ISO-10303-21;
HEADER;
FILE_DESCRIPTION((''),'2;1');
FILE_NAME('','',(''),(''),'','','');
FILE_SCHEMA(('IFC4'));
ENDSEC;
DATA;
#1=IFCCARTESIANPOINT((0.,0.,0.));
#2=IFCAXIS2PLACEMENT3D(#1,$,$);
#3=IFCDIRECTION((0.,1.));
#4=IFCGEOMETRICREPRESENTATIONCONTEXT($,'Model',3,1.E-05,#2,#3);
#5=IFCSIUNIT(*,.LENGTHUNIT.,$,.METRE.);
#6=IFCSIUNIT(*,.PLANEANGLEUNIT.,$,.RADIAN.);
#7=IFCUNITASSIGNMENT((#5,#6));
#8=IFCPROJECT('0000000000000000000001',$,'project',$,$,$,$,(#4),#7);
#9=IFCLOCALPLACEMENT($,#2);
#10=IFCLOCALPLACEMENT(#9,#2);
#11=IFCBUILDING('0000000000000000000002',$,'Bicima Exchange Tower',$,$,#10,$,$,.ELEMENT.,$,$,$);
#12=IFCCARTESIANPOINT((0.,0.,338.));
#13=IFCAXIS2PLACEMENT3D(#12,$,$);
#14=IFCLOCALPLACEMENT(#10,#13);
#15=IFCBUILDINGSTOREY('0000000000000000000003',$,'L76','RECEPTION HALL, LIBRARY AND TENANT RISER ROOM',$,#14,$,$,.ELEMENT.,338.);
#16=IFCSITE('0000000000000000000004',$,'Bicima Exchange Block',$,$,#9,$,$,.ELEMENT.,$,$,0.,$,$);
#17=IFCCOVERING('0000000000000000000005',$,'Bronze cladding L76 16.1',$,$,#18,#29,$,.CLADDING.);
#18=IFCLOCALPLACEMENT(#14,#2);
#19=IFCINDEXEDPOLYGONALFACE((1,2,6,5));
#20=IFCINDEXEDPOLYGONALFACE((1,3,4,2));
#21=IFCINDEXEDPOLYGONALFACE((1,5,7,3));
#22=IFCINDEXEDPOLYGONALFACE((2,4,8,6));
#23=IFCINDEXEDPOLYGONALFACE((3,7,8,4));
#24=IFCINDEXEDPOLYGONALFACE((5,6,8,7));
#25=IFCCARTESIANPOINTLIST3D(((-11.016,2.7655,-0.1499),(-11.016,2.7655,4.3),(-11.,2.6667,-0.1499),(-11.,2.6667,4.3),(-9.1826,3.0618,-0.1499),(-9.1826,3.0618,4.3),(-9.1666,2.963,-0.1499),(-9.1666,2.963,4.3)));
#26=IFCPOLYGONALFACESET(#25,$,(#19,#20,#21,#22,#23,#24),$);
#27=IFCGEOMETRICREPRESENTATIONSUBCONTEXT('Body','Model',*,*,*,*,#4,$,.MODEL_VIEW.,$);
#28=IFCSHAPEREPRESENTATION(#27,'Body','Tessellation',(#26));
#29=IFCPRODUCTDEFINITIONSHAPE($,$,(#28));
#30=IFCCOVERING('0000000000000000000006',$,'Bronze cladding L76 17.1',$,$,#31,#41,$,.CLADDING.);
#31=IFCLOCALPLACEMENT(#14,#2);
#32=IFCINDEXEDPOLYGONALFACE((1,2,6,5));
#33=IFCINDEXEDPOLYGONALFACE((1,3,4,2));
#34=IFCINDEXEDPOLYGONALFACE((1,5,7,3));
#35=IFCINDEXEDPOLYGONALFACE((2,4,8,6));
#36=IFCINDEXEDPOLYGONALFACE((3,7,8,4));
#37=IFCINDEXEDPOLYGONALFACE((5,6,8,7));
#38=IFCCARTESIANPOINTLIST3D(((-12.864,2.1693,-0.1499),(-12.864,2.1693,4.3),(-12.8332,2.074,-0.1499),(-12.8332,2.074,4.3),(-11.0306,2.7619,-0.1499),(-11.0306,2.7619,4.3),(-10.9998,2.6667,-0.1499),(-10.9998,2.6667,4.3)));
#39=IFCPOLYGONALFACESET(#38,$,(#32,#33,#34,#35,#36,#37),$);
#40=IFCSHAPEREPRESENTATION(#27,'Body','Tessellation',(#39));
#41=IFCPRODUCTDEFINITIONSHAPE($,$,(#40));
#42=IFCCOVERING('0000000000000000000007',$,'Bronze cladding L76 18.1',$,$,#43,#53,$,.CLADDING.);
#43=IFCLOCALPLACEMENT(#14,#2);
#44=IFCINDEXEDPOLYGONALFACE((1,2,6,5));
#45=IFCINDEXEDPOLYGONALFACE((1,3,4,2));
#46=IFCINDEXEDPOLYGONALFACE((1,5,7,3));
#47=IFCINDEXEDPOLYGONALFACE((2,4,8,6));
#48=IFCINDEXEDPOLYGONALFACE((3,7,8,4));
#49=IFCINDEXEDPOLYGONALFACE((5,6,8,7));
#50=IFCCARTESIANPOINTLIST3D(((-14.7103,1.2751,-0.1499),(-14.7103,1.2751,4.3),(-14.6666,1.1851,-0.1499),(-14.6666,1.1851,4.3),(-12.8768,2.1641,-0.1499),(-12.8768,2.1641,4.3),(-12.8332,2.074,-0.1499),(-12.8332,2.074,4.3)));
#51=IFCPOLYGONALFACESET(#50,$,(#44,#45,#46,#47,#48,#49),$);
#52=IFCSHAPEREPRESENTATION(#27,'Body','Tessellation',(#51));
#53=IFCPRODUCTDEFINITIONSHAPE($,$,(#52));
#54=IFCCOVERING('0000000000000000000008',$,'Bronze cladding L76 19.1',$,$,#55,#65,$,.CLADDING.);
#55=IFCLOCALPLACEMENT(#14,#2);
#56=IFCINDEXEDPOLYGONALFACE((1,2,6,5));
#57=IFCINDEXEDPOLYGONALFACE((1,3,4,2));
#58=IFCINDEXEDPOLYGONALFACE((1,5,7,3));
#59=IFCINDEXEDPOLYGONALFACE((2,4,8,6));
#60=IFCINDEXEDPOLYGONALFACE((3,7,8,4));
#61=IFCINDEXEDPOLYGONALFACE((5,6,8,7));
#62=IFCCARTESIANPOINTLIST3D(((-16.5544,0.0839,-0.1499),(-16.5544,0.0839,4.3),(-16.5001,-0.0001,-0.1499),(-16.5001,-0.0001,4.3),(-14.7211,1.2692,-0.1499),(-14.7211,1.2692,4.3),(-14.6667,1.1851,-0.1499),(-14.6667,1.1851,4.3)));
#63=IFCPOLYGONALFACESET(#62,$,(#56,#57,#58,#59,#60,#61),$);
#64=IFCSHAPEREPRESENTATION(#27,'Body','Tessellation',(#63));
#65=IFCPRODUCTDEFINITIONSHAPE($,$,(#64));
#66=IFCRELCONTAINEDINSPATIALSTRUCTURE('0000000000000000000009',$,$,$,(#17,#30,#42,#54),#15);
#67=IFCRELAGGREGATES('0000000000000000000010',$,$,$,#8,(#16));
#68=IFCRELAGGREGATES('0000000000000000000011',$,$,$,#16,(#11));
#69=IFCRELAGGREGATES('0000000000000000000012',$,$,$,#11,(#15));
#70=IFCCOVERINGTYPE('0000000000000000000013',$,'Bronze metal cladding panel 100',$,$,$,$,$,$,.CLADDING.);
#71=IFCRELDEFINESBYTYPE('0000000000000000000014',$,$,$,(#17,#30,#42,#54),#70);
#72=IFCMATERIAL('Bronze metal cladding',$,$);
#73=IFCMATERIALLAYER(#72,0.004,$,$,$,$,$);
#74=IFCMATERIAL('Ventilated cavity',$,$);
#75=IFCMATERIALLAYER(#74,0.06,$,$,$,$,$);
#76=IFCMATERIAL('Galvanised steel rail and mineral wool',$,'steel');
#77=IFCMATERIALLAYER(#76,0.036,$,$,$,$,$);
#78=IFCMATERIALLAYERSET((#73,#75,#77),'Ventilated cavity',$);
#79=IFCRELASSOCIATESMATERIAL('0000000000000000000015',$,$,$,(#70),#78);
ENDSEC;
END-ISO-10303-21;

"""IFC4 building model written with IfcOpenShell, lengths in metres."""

from ifc_helpers import new_model, si_unit, direction, frame, origin, origin_2d, place, context, subcontext, project, spatial, rectangle, extrude, material, layer, layer_set, type_object, element, save


model = new_model("IFC4")

# Units and contexts
model_context = context("Model", 3, precision=1e-05, world=origin(), true_north=direction((0.0, 1.0)))
body_context = subcontext(model_context, "Body", "Model", "MODEL_VIEW")
ifc_project = project(units=[si_unit("LENGTHUNIT", "METRE"), si_unit("PLANEANGLEUNIT", "RADIAN")], contexts=[model_context])

# Site, building, storey
site_placement = place(None, origin())
site = spatial("IfcSite", under=ifc_project, at=site_placement, Name="Bicima Exchange Block", CompositionType="ELEMENT", RefElevation=0.0)
building_placement = place(site_placement, origin())
building = spatial("IfcBuilding", under=site, at=building_placement, Name="Bicima Exchange Tower", CompositionType="ELEMENT")
storey_placement = place(building_placement, frame((0.0, 0.0, 338.0)))
storey = spatial("IfcBuildingStorey", under=building, at=storey_placement, Name="L76", Description="RECEPTION HALL, LIBRARY AND TENANT RISER ROOM", CompositionType="ELEMENT", Elevation=338.0)

# Coverings
ifc_material_1 = material(Name="Bronze metal cladding")
ifc_layer_1 = layer(ifc_material_1, 0.004)
ifc_material_2 = material(Name="Ventilated cavity")
ifc_layer_2 = layer(ifc_material_2, 0.06)
ifc_material_3 = material(Name="Galvanised steel rail and mineral wool", Category="steel")
ifc_layer_3 = layer(ifc_material_3, 0.036)
ifc_layer_set_1 = layer_set([ifc_layer_1, ifc_layer_2, ifc_layer_3], Name="Ventilated cavity")
covering_type = type_object("IfcCoveringType", Name="Bronze metal cladding panel 100", PredefinedType="CLADDING", material=ifc_layer_set_1)
covering_1_placement = place(storey_placement, frame((-10.0913, 2.8643, -0.1499), z_axis=(0.0, 0.0, 1.0), x_axis=(-0.98719, -0.15955, 0.0)))
element("IfcCovering", 1, at=covering_1_placement, inside=storey, type_object=covering_type, Name="Bronze cladding L76 16.1", PredefinedType="CLADDING", context=body_context, shape_type="SweptSolid", body=[
    extrude(rectangle(XDim=1.8572, YDim=0.1001, at=origin_2d()), origin(), (0.0, 0.0, 1.0), 4.45),
])
covering_2_placement = place(storey_placement, frame((-11.9319, 2.418, -0.1499), z_axis=(0.0, 0.0, 1.0), x_axis=(-0.951525, -0.307573, 0.0)))
element("IfcCovering", 2, at=covering_2_placement, inside=storey, type_object=covering_type, Name="Bronze cladding L76 17.1", PredefinedType="CLADDING", context=body_context, shape_type="SweptSolid", body=[
    extrude(rectangle(XDim=1.9268, YDim=0.1001, at=origin_2d()), origin(), (0.0, 0.0, 1.0), 4.45),
])
covering_3_placement = place(storey_placement, frame((-13.7717, 1.6746, -0.1499), z_axis=(0.0, 0.0, 1.0), x_axis=(-0.899818, -0.436265, 0.0)))
element("IfcCovering", 3, at=covering_3_placement, inside=storey, type_object=covering_type, Name="Bronze cladding L76 18.1", PredefinedType="CLADDING", context=body_context, shape_type="SweptSolid", body=[
    extrude(rectangle(XDim=2.0376, YDim=0.1001, at=origin_2d()), origin(), (0.0, 0.0, 1.0), 4.45),
])
covering_4_placement = place(storey_placement, frame((-15.6106, 0.6345, -0.1499), z_axis=(0.0, 0.0, 1.0), x_axis=(-0.83979, -0.542911, 0.0)))
element("IfcCovering", 4, at=covering_4_placement, inside=storey, type_object=covering_type, Name="Bronze cladding L76 19.1", PredefinedType="CLADDING", context=body_context, shape_type="SweptSolid", body=[
    extrude(rectangle(XDim=2.1831, YDim=0.1001, at=origin_2d()), origin(), (0.0, 0.0, 1.0), 4.45),
])

save(model, "model.ifc")
